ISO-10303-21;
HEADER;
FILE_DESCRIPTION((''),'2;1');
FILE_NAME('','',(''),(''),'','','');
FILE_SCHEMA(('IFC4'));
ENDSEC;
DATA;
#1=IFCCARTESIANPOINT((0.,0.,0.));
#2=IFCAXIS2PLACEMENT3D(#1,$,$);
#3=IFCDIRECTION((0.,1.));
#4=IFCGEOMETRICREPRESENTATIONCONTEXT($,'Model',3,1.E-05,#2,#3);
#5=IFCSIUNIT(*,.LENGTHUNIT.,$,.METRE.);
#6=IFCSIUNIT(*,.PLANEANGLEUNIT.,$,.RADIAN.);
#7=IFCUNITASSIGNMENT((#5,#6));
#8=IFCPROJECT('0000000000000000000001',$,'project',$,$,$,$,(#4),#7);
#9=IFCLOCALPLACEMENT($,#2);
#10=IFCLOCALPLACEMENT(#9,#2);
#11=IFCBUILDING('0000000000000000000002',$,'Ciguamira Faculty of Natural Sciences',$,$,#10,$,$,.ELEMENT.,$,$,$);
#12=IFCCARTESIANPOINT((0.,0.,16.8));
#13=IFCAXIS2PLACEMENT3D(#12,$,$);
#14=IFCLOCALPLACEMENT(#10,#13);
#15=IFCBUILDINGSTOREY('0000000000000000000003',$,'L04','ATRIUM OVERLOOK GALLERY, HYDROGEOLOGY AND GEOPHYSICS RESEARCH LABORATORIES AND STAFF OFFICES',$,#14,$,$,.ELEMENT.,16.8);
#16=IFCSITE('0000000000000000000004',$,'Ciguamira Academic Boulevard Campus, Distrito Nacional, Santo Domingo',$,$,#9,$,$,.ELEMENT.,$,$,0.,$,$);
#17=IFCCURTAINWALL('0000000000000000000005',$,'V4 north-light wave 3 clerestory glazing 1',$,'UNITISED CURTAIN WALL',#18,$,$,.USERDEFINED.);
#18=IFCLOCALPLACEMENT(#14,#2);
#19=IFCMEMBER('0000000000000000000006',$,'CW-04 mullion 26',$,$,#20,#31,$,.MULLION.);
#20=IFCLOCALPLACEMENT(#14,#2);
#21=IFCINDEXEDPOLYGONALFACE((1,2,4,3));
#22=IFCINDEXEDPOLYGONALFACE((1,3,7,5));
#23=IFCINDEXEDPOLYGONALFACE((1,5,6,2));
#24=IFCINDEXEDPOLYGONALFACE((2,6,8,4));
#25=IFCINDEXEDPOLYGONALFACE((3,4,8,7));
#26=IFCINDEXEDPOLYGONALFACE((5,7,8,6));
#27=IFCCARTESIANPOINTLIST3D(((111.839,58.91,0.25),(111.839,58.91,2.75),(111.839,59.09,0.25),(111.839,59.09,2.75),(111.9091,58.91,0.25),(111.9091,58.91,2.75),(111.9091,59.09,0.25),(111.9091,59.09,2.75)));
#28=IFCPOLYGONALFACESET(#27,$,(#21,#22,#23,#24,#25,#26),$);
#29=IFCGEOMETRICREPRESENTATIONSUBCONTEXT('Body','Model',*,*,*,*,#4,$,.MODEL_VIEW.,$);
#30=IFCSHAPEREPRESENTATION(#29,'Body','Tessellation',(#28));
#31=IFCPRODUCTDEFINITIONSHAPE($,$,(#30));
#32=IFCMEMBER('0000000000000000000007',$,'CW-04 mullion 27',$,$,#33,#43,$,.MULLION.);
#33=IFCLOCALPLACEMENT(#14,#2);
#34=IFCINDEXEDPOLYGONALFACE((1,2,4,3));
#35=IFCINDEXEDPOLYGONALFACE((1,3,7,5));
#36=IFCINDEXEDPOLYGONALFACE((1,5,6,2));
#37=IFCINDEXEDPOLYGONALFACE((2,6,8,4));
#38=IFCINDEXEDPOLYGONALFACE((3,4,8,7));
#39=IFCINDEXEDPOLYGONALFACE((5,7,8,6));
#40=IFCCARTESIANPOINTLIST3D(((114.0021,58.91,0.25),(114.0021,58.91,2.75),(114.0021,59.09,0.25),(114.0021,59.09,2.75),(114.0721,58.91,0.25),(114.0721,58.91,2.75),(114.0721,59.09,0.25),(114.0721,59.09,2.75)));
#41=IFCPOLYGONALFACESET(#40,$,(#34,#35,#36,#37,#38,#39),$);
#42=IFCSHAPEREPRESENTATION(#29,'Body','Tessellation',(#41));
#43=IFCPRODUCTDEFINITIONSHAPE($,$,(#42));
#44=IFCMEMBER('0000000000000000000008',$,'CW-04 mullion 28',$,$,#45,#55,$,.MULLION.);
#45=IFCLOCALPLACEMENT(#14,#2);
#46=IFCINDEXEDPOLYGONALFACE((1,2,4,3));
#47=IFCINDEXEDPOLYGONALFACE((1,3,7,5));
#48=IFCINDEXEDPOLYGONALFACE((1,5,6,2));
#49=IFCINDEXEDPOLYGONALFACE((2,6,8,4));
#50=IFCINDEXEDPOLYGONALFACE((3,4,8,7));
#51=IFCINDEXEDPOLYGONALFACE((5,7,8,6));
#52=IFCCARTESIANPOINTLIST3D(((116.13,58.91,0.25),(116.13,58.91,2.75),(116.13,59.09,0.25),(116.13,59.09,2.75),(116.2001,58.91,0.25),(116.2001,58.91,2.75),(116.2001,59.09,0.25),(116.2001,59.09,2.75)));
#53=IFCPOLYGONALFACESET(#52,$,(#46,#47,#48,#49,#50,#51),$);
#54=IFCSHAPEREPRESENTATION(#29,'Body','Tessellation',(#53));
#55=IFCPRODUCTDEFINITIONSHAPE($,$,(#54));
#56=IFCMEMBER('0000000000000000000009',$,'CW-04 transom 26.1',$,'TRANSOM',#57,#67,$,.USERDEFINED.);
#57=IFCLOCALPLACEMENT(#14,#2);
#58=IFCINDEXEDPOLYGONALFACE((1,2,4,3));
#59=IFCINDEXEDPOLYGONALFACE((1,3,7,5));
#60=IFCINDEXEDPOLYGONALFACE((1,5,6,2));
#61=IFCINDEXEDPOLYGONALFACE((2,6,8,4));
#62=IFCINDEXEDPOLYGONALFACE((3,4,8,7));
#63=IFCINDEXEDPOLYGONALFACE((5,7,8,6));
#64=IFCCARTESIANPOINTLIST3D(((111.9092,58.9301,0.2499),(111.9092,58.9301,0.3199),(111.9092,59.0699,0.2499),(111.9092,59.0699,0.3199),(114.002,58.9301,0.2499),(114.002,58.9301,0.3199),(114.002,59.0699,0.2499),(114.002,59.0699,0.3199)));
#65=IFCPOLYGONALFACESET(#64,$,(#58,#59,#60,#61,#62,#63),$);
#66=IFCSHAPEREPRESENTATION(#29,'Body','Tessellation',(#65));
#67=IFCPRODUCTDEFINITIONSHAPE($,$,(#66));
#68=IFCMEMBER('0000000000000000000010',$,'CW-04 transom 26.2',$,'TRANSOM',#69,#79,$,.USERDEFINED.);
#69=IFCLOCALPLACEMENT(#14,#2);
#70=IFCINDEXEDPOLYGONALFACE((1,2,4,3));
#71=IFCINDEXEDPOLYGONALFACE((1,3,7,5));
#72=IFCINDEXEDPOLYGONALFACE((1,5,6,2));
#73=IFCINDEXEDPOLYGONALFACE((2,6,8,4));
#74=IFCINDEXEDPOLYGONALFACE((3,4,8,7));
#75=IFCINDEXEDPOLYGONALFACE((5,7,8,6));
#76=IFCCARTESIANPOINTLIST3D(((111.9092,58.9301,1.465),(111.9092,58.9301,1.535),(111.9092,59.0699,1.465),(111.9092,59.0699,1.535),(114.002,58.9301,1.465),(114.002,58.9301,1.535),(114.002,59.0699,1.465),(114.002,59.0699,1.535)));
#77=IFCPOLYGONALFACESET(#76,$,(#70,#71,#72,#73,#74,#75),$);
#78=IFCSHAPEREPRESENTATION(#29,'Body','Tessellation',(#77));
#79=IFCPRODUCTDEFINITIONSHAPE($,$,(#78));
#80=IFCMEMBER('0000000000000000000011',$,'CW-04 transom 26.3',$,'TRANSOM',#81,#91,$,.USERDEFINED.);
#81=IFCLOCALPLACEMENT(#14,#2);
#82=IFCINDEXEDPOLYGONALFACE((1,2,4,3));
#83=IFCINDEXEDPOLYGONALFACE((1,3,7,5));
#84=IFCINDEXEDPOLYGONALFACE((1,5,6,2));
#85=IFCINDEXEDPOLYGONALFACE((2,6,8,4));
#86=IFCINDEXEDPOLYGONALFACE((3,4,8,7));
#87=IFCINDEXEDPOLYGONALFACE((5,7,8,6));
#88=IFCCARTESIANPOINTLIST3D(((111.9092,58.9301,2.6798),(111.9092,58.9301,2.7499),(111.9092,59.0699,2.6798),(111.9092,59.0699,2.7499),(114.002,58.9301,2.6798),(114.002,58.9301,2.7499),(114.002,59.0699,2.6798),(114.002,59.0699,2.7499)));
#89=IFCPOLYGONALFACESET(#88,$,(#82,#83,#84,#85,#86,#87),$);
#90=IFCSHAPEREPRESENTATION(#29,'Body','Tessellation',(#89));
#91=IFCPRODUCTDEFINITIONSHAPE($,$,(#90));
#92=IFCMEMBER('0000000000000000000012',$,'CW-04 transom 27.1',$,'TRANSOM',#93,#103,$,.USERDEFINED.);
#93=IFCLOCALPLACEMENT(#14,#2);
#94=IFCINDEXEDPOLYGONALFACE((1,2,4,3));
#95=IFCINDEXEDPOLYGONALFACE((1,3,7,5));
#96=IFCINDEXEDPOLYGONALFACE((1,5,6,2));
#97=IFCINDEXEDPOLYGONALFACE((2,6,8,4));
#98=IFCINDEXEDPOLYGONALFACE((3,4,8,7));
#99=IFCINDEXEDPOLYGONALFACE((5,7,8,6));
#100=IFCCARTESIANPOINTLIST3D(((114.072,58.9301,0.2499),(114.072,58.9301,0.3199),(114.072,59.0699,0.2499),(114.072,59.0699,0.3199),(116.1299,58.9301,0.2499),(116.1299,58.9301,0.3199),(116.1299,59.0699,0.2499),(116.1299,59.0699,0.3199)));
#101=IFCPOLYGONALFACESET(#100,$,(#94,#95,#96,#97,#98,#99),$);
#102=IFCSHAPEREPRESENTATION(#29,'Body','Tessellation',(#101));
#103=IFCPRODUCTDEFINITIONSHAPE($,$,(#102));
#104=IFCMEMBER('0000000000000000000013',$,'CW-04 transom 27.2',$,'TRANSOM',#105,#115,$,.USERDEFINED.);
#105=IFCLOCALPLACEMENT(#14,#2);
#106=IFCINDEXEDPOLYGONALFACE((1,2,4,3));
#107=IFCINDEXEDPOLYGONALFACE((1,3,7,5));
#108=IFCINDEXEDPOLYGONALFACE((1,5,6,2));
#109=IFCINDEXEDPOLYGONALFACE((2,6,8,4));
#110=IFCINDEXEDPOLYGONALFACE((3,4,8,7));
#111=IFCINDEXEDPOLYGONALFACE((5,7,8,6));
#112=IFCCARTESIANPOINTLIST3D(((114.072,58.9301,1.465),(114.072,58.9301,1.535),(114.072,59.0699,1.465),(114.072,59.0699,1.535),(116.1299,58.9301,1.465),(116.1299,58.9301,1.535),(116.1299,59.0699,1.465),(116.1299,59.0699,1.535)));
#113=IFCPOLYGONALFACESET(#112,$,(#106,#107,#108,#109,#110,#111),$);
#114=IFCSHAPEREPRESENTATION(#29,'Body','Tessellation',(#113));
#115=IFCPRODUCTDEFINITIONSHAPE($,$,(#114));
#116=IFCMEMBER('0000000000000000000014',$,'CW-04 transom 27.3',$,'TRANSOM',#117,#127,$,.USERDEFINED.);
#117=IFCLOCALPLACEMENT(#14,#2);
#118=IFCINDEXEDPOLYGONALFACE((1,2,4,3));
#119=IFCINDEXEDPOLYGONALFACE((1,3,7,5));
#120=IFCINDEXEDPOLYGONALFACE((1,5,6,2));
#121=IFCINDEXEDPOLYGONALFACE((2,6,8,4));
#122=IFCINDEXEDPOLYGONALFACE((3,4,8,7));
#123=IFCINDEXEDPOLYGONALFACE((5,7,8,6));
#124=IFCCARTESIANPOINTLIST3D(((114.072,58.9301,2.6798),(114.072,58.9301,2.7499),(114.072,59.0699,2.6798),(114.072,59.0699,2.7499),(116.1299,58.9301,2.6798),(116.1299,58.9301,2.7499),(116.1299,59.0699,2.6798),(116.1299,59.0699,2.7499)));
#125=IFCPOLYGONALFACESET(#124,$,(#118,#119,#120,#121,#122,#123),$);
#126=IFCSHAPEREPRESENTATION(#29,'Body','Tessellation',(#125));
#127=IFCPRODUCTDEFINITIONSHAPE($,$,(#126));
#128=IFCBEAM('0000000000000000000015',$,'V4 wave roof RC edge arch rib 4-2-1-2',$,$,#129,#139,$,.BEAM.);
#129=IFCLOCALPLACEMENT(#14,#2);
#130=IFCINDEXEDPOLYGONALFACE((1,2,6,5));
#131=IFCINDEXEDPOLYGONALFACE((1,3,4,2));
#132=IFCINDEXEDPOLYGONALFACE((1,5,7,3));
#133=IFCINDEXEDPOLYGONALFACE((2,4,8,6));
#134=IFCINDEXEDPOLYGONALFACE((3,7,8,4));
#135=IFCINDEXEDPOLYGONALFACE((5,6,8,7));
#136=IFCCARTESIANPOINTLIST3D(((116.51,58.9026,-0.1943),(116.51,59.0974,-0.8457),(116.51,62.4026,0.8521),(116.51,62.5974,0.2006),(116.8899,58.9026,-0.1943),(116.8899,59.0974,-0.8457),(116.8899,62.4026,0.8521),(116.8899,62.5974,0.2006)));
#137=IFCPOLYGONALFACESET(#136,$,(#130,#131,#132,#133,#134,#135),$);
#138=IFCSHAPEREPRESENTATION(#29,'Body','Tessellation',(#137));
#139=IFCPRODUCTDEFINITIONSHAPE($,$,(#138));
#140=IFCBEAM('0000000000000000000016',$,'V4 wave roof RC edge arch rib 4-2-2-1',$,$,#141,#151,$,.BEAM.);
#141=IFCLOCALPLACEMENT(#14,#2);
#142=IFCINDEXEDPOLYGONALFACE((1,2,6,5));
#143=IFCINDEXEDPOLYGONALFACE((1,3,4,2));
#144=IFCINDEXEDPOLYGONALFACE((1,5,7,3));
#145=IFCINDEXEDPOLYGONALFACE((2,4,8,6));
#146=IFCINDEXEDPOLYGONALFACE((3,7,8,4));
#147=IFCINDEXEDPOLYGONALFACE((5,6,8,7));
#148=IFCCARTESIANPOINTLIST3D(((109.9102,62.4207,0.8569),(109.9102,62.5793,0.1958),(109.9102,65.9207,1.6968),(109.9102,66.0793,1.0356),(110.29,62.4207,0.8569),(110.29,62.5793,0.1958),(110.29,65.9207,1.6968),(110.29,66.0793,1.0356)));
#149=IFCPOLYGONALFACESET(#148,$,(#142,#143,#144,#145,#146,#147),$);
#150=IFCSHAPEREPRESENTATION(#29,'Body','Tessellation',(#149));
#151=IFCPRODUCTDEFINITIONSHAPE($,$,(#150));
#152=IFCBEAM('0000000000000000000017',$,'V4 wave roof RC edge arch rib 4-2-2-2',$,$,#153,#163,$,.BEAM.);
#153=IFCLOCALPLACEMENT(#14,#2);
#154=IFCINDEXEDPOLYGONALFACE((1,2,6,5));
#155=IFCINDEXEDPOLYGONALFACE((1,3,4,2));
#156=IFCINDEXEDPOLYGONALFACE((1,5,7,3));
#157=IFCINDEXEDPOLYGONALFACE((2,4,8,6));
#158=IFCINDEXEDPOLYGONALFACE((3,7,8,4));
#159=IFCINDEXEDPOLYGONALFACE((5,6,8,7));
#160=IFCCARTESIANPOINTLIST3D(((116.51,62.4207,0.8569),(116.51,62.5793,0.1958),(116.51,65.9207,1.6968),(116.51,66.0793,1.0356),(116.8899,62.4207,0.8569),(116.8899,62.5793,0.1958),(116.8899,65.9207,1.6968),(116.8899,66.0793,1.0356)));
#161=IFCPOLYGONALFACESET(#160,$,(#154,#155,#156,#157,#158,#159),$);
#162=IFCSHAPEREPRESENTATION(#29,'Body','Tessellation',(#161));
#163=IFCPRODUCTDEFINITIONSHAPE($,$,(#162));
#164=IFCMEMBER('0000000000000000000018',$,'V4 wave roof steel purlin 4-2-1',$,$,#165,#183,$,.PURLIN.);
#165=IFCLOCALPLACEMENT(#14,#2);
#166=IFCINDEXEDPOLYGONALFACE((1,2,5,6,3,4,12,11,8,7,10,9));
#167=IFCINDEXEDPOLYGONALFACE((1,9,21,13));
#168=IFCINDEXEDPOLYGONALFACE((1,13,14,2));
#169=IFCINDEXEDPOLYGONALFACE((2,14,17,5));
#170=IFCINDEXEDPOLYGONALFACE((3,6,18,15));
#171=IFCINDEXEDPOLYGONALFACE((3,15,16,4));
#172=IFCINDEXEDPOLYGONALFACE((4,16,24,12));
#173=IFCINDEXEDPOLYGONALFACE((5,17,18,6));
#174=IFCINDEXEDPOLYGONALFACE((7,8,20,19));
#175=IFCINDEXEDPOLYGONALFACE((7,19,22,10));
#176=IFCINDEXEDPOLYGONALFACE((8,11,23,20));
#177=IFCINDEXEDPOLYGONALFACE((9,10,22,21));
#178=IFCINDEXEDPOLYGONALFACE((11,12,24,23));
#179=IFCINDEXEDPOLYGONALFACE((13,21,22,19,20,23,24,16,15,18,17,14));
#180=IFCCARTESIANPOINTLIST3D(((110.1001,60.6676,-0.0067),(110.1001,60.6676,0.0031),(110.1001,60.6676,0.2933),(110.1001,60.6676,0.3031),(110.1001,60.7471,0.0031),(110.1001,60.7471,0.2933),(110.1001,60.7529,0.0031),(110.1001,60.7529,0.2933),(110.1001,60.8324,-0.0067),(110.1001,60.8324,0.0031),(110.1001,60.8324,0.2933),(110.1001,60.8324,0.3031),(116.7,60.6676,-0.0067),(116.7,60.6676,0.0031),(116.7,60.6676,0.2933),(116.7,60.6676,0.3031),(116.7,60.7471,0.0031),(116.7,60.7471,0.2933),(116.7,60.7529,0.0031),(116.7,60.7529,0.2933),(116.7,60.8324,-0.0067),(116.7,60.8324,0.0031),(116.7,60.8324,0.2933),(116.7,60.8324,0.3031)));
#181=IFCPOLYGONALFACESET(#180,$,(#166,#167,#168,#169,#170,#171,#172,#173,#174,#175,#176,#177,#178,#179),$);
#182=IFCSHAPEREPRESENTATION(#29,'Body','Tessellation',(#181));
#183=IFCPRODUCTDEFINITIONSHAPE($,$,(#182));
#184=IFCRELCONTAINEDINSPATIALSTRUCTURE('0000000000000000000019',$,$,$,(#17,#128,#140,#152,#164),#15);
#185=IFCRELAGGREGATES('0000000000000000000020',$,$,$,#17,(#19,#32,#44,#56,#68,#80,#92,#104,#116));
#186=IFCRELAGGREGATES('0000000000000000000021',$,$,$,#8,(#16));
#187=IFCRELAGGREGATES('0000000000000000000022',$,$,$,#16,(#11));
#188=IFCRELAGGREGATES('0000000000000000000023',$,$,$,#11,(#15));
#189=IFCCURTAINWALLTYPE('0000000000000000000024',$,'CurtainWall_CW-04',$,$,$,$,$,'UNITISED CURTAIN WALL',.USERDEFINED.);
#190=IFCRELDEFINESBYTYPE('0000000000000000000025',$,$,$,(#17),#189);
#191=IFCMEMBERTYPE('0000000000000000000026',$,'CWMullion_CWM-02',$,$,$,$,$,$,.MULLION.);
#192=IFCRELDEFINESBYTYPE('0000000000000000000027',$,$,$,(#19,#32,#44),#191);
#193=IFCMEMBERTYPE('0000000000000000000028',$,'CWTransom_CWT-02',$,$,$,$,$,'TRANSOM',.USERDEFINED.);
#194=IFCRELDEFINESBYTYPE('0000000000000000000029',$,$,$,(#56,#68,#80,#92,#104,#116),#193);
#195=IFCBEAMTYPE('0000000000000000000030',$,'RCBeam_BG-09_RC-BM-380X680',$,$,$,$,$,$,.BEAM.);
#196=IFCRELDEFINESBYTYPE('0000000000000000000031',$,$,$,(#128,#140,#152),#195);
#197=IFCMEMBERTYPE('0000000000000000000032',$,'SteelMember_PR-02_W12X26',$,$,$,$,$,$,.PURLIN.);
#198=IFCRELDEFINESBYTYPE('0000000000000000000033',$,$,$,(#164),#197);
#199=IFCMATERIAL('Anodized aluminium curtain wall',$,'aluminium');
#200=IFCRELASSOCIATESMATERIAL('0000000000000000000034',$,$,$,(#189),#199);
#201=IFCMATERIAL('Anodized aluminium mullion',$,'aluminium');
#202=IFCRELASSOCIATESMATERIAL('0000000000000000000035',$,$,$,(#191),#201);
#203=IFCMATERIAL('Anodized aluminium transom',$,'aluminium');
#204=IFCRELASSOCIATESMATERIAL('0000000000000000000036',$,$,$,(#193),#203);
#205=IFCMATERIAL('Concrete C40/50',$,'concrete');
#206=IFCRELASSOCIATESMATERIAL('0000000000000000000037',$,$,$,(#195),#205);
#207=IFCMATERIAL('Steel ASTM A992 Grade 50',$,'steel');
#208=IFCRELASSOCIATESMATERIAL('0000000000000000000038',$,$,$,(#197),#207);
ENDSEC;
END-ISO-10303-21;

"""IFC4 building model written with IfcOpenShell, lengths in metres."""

from ifc_helpers import new_model, si_unit, direction, frame, origin, origin_2d, place, context, subcontext, project, spatial, rectangle, i_section, extrude, material, material_profile, profile_set, type_object, element, aggregate, save


model = new_model("IFC4")

# Units and contexts
model_context = context("Model", 3, precision=1e-05, world=origin(), true_north=direction((0.0, 1.0)))
body_context = subcontext(model_context, "Body", "Model", "MODEL_VIEW")
ifc_project = project(units=[si_unit("LENGTHUNIT", "METRE"), si_unit("PLANEANGLEUNIT", "RADIAN")], contexts=[model_context])

# Site, building, storey
site_placement = place(None, origin())
site = spatial("IfcSite", under=ifc_project, at=site_placement, Name="Ciguamira Academic Boulevard Campus, Distrito Nacional, Santo Domingo", CompositionType="ELEMENT", RefElevation=0.0)
building_placement = place(site_placement, origin())
building = spatial("IfcBuilding", under=site, at=building_placement, Name="Ciguamira Faculty of Natural Sciences", CompositionType="ELEMENT")
storey_placement = place(building_placement, frame((0.0, 0.0, 16.8)))
storey = spatial("IfcBuildingStorey", under=building, at=storey_placement, Name="L04", Description="ATRIUM OVERLOOK GALLERY, HYDROGEOLOGY AND GEOPHYSICS RESEARCH LABORATORIES AND STAFF OFFICES", CompositionType="ELEMENT", Elevation=16.8)

# Curtain wall, members
ifc_material_1 = material(Name="Anodized aluminium curtain wall", Category="aluminium")
curtain_wall_type = type_object("IfcCurtainWallType", Name="CurtainWall_CW-04", ElementType="UNITISED CURTAIN WALL", PredefinedType="USERDEFINED", material=ifc_material_1)
curtain_wall_placement = place(storey_placement, origin())
curtain_wall = element("IfcCurtainWall", 1, at=curtain_wall_placement, inside=storey, type_object=curtain_wall_type, Name="V4 north-light wave 3 clerestory glazing 1", ObjectType="UNITISED CURTAIN WALL", PredefinedType="USERDEFINED")
ifc_material_2 = material(Name="Anodized aluminium mullion", Category="aluminium")
ifc_material_profile_1 = material_profile(ifc_material_2, rectangle(XDim=0.0701, YDim=0.1799, at=origin_2d()), Name="ALU-MUL-70X180")
ifc_profile_set_1 = profile_set([ifc_material_profile_1], Name="Anodized aluminium mullion")
member_type_1 = type_object("IfcMemberType", Name="CWMullion_CWM-02", PredefinedType="MULLION", material=ifc_profile_set_1)
member_1_placement = place(storey_placement, frame((111.874, 59.0, 0.25), z_axis=(0.0, 0.0, 1.0), x_axis=(1.0, 0.0, 0.0)))
member_1 = element("IfcMember", 2, at=member_1_placement, type_object=member_type_1, Name="CW-04 mullion 26", PredefinedType="MULLION", context=body_context, shape_type="SweptSolid", body=[
    extrude(rectangle(XDim=0.0701, YDim=0.1799, at=origin_2d()), origin(), (0.0, 0.0, 1.0), 2.5),
])
member_2_placement = place(storey_placement, frame((114.0371, 59.0, 0.25), z_axis=(0.0, 0.0, 1.0), x_axis=(1.0, 0.0, 0.0)))
member_2 = element("IfcMember", 3, at=member_2_placement, type_object=member_type_1, Name="CW-04 mullion 27", PredefinedType="MULLION", context=body_context, shape_type="SweptSolid", body=[
    extrude(rectangle(XDim=0.0701, YDim=0.1799, at=origin_2d()), origin(), (0.0, 0.0, 1.0), 2.5),
])
member_3_placement = place(storey_placement, frame((116.165, 59.0, 0.25), z_axis=(0.0, 0.0, 1.0), x_axis=(1.0, 0.0, 0.0)))
member_3 = element("IfcMember", 4, at=member_3_placement, type_object=member_type_1, Name="CW-04 mullion 28", PredefinedType="MULLION", context=body_context, shape_type="SweptSolid", body=[
    extrude(rectangle(XDim=0.0701, YDim=0.1799, at=origin_2d()), origin(), (0.0, 0.0, 1.0), 2.5),
])
ifc_material_3 = material(Name="Anodized aluminium transom", Category="aluminium")
ifc_material_profile_2 = material_profile(ifc_material_3, rectangle(XDim=0.0701, YDim=0.1399, at=origin_2d()), Name="ALU-TRN-70X140")
ifc_profile_set_2 = profile_set([ifc_material_profile_2], Name="Anodized aluminium transom")
member_type_2 = type_object("IfcMemberType", Name="CWTransom_CWT-02", ElementType="TRANSOM", PredefinedType="USERDEFINED", material=ifc_profile_set_2)
member_4_placement = place(storey_placement, frame((111.9092, 59.0, 0.2849), z_axis=(1.0, 0.0, 0.0), x_axis=(0.0, 0.0, 1.0)))
member_4 = element("IfcMember", 5, at=member_4_placement, type_object=member_type_2, Name="CW-04 transom 26.1", ObjectType="TRANSOM", PredefinedType="USERDEFINED", context=body_context, shape_type="SweptSolid", body=[
    extrude(rectangle(XDim=0.0701, YDim=0.1399, at=origin_2d()), origin(), (0.0, 0.0, 1.0), 2.0928),
])
member_5_placement = place(storey_placement, frame((111.9092, 59.0, 1.5), z_axis=(1.0, 0.0, 0.0), x_axis=(0.0, 0.0, 1.0)))
member_5 = element("IfcMember", 6, at=member_5_placement, type_object=member_type_2, Name="CW-04 transom 26.2", ObjectType="TRANSOM", PredefinedType="USERDEFINED", context=body_context, shape_type="SweptSolid", body=[
    extrude(rectangle(XDim=0.0701, YDim=0.1399, at=origin_2d()), origin(), (0.0, 0.0, 1.0), 2.0928),
])
member_6_placement = place(storey_placement, frame((111.9092, 59.0, 2.7148), z_axis=(1.0, 0.0, 0.0), x_axis=(0.0, 0.0, 1.0)))
member_6 = element("IfcMember", 7, at=member_6_placement, type_object=member_type_2, Name="CW-04 transom 26.3", ObjectType="TRANSOM", PredefinedType="USERDEFINED", context=body_context, shape_type="SweptSolid", body=[
    extrude(rectangle(XDim=0.0701, YDim=0.1399, at=origin_2d()), origin(), (0.0, 0.0, 1.0), 2.0928),
])
member_7_placement = place(storey_placement, frame((114.072, 59.0, 0.2849), z_axis=(1.0, 0.0, 0.0), x_axis=(0.0, 0.0, 1.0)))
member_7 = element("IfcMember", 8, at=member_7_placement, type_object=member_type_2, Name="CW-04 transom 27.1", ObjectType="TRANSOM", PredefinedType="USERDEFINED", context=body_context, shape_type="SweptSolid", body=[
    extrude(rectangle(XDim=0.0701, YDim=0.1399, at=origin_2d()), origin(), (0.0, 0.0, 1.0), 2.0579),
])
member_8_placement = place(storey_placement, frame((114.072, 59.0, 1.5), z_axis=(1.0, 0.0, 0.0), x_axis=(0.0, 0.0, 1.0)))
member_8 = element("IfcMember", 9, at=member_8_placement, type_object=member_type_2, Name="CW-04 transom 27.2", ObjectType="TRANSOM", PredefinedType="USERDEFINED", context=body_context, shape_type="SweptSolid", body=[
    extrude(rectangle(XDim=0.0701, YDim=0.1399, at=origin_2d()), origin(), (0.0, 0.0, 1.0), 2.0579),
])
member_9_placement = place(storey_placement, frame((114.072, 59.0, 2.7148), z_axis=(1.0, 0.0, 0.0), x_axis=(0.0, 0.0, 1.0)))
member_9 = element("IfcMember", 10, at=member_9_placement, type_object=member_type_2, Name="CW-04 transom 27.3", ObjectType="TRANSOM", PredefinedType="USERDEFINED", context=body_context, shape_type="SweptSolid", body=[
    extrude(rectangle(XDim=0.0701, YDim=0.1399, at=origin_2d()), origin(), (0.0, 0.0, 1.0), 2.0579),
])

# Beams
ifc_material_4 = material(Name="Concrete C40/50", Category="concrete")
ifc_material_profile_3 = material_profile(ifc_material_4, rectangle(XDim=0.3799, YDim=0.6799, at=origin_2d()), Name="RC-BM-380X680")
ifc_profile_set_3 = profile_set([ifc_material_profile_3], Name="Concrete C40/50")
beam_type = type_object("IfcBeamType", Name="RCBeam_BG-09_RC-BM-380X680", PredefinedType="BEAM", material=ifc_profile_set_3)
beam_placement = place(storey_placement, frame((116.7, 59.0, -0.52), z_axis=(0.0, 0.958098, 0.28644), x_axis=(-1.0, 0.0, 0.0)))
element("IfcBeam", 11, at=beam_placement, inside=storey, type_object=beam_type, Name="V4 wave roof RC edge arch rib 4-2-1-2", PredefinedType="BEAM", context=body_context, shape_type="SweptSolid", body=[
    extrude(rectangle(XDim=0.3799, YDim=0.6799, at=origin_2d()), origin(), (0.0, 0.0, 1.0), 3.6531),
])
for number, where, z_axis, x_axis, name in (
    (12, (110.1001, 62.5, 0.5264), (0.0, 0.972397, 0.233332), (-1.0, 0.0, 0.0), "V4 wave roof RC edge arch rib 4-2-2-1"),
    (13, (116.7, 62.5, 0.5264), (0.0, 0.972397, 0.233332), (-1.0, 0.0, 0.0), "V4 wave roof RC edge arch rib 4-2-2-2"),
):
    element("IfcBeam", number, at=place(storey_placement, frame(where, z_axis=z_axis, x_axis=x_axis)), inside=storey, type_object=beam_type, Name=name, PredefinedType="BEAM", context=body_context, shape_type="SweptSolid", body=[
        extrude(rectangle(XDim=0.3799, YDim=0.6799, at=origin_2d()), origin(), (0.0, 0.0, 1.0), 3.5994),
    ])

# Member
ifc_material_5 = material(Name="Steel ASTM A992 Grade 50", Category="steel")
ifc_material_profile_4 = material_profile(ifc_material_5, i_section(OverallWidth=0.1648, OverallDepth=0.3098, WebThickness=0.0059, FlangeThickness=0.0098, at=origin_2d()), Name="W12X26")
ifc_profile_set_4 = profile_set([ifc_material_profile_4], Name="Steel ASTM A992 Grade 50")
member_type_3 = type_object("IfcMemberType", Name="SteelMember_PR-02_W12X26", PredefinedType="PURLIN", material=ifc_profile_set_4)
member_10_placement = place(storey_placement, frame((110.1001, 60.75, 0.1482), z_axis=(1.0, 0.0, 0.0), x_axis=(0.0, 1.0, 0.0)))
element("IfcMember", 14, at=member_10_placement, inside=storey, type_object=member_type_3, Name="V4 wave roof steel purlin 4-2-1", PredefinedType="PURLIN", context=body_context, shape_type="SweptSolid", body=[
    extrude(i_section(OverallWidth=0.1648, OverallDepth=0.3098, WebThickness=0.0059, FlangeThickness=0.0098, at=origin_2d()), origin(), (0.0, 0.0, 1.0), 6.5999),
])

aggregate(curtain_wall, [member_1, member_2, member_3, member_4, member_5, member_6, member_7, member_8, member_9])

save(model, "model.ifc")
